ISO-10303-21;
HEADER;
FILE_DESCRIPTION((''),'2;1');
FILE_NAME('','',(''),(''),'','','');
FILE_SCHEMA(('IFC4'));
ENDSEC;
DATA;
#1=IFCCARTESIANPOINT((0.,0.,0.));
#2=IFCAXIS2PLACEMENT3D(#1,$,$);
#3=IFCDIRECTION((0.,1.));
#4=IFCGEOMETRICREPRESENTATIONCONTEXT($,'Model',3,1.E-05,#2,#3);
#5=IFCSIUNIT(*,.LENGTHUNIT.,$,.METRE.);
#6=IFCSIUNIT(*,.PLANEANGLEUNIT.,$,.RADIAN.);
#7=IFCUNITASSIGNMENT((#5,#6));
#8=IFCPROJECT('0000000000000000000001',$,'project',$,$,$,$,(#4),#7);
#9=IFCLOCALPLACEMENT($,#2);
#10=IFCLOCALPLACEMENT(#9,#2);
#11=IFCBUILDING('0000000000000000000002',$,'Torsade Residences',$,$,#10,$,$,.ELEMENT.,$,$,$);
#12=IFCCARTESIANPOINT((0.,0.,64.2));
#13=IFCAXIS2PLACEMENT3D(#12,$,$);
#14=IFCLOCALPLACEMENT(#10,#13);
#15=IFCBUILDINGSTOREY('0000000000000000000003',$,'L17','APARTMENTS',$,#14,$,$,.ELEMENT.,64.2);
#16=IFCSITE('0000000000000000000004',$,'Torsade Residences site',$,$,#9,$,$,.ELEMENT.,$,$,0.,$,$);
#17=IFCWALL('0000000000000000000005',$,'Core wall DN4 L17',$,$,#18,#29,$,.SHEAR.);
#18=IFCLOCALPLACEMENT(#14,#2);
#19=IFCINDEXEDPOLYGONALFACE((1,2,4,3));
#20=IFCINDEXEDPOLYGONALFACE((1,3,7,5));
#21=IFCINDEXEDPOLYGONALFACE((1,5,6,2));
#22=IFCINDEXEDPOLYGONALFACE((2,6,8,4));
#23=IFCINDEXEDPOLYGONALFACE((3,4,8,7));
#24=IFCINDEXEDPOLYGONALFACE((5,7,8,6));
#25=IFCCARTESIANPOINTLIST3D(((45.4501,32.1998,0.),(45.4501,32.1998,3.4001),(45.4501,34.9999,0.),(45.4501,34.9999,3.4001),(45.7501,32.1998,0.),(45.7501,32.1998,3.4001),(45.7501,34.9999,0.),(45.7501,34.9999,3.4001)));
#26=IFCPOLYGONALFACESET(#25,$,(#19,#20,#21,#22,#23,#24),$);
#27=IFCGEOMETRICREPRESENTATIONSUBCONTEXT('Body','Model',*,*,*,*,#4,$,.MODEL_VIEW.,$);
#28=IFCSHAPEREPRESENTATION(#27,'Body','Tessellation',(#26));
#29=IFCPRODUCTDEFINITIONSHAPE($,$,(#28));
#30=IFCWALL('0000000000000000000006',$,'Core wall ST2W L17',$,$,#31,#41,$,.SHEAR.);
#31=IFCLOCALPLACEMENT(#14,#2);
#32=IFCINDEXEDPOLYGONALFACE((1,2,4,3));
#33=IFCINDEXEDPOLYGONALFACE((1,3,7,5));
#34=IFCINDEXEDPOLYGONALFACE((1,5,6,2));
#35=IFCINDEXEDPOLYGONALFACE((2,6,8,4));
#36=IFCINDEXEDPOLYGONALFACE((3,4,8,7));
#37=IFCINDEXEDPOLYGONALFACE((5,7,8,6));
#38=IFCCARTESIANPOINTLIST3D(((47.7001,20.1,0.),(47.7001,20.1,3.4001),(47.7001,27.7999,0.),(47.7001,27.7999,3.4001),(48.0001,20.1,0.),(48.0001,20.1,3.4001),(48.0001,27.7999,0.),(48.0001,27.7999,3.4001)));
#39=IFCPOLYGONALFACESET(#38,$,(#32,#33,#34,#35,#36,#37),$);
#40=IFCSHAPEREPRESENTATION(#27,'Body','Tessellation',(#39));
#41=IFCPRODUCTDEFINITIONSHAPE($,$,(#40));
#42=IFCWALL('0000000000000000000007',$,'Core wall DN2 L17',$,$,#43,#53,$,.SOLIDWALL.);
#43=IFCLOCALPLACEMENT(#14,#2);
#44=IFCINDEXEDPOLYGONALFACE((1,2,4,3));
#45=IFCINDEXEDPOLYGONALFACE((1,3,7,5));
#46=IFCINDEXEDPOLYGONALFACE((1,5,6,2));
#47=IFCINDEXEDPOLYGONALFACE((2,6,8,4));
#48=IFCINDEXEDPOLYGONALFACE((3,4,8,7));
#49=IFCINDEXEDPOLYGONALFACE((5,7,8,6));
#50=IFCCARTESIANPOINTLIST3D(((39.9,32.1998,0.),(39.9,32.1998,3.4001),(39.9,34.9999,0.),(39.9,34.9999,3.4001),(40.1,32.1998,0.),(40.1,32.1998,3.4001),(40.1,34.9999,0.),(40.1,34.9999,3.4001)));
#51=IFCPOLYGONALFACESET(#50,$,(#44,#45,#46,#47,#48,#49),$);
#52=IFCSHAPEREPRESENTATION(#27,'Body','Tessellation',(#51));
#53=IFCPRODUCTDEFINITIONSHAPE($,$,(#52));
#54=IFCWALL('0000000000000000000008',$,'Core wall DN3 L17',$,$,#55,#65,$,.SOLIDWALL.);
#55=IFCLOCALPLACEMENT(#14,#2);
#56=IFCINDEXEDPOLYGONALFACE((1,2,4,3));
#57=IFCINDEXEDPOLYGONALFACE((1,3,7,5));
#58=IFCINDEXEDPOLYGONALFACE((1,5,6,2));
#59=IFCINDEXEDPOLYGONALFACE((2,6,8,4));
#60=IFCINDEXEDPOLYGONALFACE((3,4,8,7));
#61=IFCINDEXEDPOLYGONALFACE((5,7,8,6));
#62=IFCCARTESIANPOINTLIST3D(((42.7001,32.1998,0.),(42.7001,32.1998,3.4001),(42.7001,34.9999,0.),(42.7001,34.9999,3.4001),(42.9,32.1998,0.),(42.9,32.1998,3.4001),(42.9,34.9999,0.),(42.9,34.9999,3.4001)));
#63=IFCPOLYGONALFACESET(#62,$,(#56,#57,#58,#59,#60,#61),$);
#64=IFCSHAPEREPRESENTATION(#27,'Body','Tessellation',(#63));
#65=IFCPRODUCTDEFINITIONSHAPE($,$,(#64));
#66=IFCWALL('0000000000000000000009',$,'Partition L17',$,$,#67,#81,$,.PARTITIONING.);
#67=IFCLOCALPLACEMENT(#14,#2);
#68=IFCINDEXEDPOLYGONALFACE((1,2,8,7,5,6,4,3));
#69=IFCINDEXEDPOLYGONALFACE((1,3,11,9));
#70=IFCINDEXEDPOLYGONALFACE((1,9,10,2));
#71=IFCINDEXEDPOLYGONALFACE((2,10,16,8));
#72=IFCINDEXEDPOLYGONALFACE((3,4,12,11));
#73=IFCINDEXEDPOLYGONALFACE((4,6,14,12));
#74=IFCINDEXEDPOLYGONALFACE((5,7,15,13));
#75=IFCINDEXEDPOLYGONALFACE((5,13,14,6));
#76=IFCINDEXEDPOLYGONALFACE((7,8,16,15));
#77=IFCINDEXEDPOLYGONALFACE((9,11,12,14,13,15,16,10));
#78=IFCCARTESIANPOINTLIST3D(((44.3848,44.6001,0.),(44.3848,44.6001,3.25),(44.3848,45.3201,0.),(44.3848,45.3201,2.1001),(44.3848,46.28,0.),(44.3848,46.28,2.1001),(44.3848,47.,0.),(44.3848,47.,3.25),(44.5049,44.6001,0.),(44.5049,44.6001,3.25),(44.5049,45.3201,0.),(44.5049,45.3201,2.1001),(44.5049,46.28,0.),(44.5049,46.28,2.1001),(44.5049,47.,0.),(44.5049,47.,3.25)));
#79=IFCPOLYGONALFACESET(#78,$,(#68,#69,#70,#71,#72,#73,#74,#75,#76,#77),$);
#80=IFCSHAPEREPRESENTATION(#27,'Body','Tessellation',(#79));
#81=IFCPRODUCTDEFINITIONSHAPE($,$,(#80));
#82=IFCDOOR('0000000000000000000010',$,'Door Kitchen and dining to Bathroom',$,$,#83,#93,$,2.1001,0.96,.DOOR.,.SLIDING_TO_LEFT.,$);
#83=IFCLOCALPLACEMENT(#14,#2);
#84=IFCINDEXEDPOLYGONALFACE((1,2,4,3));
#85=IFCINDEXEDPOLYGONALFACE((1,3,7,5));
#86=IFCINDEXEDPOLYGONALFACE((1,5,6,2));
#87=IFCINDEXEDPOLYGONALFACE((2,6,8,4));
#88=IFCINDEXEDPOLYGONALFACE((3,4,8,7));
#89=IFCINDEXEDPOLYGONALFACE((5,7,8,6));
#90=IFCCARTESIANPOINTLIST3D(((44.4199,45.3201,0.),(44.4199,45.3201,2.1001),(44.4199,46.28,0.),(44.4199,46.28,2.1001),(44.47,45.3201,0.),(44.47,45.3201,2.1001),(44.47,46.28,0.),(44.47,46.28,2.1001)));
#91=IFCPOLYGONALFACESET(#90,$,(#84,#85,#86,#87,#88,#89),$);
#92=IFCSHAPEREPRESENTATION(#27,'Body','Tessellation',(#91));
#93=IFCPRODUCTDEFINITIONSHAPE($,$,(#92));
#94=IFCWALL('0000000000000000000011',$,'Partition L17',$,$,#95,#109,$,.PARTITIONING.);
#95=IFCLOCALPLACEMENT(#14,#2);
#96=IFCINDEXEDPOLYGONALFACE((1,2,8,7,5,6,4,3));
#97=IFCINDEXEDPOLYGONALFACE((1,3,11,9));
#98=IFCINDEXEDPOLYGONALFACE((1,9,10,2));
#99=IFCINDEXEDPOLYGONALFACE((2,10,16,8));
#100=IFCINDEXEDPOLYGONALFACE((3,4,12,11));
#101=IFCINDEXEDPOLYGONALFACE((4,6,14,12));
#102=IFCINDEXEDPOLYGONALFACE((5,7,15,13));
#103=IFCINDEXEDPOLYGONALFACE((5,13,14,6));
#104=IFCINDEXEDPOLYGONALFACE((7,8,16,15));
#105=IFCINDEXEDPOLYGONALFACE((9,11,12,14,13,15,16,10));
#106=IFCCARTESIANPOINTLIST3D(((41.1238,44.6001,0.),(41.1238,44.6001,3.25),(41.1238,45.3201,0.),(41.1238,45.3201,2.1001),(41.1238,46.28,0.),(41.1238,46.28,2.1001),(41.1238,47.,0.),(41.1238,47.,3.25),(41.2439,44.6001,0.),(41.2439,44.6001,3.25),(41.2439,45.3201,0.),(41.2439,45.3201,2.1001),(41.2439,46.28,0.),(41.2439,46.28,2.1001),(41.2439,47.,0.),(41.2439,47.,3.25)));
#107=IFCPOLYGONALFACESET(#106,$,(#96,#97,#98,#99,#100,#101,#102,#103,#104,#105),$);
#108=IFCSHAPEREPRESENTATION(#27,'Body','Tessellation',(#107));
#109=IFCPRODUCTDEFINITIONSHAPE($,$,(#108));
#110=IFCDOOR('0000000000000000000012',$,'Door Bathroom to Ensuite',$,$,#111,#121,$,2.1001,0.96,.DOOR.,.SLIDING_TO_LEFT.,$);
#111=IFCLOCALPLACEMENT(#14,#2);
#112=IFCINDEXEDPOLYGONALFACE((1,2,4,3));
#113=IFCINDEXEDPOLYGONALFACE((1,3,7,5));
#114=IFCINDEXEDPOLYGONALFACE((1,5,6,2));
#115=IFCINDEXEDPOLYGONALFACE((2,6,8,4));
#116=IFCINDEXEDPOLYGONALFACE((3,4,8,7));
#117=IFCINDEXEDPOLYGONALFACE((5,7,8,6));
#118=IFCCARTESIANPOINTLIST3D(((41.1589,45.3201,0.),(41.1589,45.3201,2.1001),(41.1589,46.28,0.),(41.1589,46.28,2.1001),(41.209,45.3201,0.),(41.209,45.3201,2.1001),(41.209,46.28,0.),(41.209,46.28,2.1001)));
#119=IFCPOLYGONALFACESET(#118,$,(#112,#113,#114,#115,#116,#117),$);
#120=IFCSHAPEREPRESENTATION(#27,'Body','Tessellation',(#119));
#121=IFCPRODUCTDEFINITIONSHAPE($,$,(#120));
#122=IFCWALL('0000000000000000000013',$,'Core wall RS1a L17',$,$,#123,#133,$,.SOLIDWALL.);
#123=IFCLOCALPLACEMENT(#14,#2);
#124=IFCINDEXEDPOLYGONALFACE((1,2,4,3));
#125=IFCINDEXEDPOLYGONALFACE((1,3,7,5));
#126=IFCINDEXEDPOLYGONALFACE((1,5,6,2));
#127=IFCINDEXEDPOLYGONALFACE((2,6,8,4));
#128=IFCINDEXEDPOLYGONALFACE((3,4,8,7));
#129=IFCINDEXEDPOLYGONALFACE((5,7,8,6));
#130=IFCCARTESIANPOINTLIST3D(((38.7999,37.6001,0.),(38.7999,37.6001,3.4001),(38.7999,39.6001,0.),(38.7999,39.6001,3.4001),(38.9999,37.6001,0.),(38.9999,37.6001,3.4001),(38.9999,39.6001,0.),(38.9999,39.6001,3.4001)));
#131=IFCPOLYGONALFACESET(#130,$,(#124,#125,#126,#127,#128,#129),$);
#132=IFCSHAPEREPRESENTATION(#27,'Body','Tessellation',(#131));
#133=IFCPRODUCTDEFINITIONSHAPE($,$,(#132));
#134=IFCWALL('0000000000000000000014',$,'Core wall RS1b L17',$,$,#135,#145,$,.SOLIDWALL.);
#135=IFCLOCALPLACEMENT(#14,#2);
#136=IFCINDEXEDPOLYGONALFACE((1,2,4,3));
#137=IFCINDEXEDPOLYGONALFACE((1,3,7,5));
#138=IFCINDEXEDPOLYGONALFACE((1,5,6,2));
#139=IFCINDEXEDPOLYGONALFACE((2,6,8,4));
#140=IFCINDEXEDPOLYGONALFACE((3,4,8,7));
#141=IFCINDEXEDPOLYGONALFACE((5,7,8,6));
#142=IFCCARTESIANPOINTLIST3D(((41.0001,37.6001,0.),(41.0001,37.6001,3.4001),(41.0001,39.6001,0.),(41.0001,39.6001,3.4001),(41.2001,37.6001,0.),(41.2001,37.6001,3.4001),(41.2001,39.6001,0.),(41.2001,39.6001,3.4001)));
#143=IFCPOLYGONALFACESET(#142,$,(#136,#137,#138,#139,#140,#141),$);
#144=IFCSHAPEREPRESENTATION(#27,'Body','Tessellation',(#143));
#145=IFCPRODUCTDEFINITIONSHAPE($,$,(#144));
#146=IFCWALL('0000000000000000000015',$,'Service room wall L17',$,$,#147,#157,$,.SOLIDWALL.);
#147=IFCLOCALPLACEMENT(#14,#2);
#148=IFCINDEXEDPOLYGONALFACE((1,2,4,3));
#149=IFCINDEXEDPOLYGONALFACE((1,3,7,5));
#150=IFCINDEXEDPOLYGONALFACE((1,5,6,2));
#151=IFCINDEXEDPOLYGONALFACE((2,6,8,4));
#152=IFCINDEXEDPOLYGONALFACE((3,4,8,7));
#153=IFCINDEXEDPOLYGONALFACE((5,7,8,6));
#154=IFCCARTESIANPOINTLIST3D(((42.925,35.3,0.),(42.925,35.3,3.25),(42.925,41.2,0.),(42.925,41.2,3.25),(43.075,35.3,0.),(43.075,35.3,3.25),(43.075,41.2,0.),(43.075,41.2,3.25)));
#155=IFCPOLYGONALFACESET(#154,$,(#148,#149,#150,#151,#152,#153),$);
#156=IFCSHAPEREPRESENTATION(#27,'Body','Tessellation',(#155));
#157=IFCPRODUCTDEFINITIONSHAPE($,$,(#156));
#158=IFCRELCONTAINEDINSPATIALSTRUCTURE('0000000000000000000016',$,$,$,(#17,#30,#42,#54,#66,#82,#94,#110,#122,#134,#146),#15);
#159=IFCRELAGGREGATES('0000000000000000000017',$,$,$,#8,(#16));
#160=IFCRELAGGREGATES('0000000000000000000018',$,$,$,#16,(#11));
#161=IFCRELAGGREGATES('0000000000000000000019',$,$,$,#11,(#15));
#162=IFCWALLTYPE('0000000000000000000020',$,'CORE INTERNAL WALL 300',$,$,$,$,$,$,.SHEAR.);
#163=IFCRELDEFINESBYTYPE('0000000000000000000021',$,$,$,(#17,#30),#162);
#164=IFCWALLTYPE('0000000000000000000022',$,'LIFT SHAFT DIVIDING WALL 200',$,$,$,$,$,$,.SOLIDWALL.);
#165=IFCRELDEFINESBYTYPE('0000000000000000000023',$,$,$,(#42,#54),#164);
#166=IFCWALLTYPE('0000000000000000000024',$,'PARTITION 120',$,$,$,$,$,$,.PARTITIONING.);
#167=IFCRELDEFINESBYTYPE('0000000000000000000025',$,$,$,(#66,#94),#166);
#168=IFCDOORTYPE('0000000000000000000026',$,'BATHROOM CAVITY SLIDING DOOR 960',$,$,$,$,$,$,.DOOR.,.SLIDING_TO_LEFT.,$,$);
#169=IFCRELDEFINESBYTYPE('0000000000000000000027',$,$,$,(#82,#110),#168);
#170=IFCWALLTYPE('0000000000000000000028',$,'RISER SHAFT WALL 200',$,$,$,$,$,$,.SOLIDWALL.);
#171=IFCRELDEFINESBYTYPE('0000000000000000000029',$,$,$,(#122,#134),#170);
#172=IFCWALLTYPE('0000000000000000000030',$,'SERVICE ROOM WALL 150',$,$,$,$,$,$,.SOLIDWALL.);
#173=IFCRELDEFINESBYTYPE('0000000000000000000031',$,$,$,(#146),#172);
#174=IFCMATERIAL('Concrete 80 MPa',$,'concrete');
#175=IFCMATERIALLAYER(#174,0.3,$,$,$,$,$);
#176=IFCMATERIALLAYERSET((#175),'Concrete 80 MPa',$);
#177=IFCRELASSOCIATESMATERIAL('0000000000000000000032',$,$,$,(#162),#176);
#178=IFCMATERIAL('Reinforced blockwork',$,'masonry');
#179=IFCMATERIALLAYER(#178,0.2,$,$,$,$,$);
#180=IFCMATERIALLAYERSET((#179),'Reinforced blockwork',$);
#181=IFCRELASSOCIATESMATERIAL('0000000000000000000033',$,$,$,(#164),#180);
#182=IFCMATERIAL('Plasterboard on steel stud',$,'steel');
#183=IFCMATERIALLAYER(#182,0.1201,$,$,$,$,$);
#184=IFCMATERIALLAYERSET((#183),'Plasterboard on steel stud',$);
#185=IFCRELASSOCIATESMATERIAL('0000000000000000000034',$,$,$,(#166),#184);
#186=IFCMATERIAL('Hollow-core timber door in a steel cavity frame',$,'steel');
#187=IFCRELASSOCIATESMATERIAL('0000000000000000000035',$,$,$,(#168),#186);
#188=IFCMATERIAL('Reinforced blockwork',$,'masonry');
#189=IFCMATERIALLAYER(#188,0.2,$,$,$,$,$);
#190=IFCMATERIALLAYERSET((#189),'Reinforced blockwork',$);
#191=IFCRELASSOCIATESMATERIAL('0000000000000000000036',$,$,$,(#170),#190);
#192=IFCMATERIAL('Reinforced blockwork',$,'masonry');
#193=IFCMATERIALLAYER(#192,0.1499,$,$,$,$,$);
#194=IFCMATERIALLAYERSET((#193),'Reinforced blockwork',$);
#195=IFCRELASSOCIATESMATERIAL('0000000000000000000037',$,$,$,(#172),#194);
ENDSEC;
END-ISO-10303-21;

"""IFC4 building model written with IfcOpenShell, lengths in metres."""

from ifc_helpers import new_model, si_unit, direction, frame, frame_2d, origin, place, context, subcontext, project, spatial, rectangle, extrude, material, layer, layer_set, type_object, element, fill, save


model = new_model("IFC4")

# Units and contexts
model_context = context("Model", 3, precision=1e-05, world=origin(), true_north=direction((0.0, 1.0)))
body_context = subcontext(model_context, "Body", "Model", "MODEL_VIEW")
ifc_project = project(units=[si_unit("LENGTHUNIT", "METRE"), si_unit("PLANEANGLEUNIT", "RADIAN")], contexts=[model_context])

# Site, building, storey
site_placement = place(None, origin())
site = spatial("IfcSite", under=ifc_project, at=site_placement, Name="Torsade Residences site", CompositionType="ELEMENT", RefElevation=0.0)
building_placement = place(site_placement, origin())
building = spatial("IfcBuilding", under=site, at=building_placement, Name="Torsade Residences", CompositionType="ELEMENT")
storey_placement = place(building_placement, frame((0.0, 0.0, 64.2)))
storey = spatial("IfcBuildingStorey", under=building, at=storey_placement, Name="L17", Description="APARTMENTS", CompositionType="ELEMENT", Elevation=64.2)

# Walls
ifc_material_1 = material(Name="Concrete 80 MPa", Category="concrete")
ifc_layer_1 = layer(ifc_material_1, 0.3)
ifc_layer_set_1 = layer_set([ifc_layer_1], Name="Concrete 80 MPa")
wall_type_1 = type_object("IfcWallType", Name="CORE INTERNAL WALL 300", PredefinedType="SHEAR", material=ifc_layer_set_1)
wall_1_placement = place(storey_placement, frame((45.6001, 32.2, 0.0), z_axis=(0.0, 0.0, 1.0), x_axis=(0.0, 1.0, 0.0)))
element("IfcWall", 1, at=wall_1_placement, inside=storey, type_object=wall_type_1, Name="Core wall DN4 L17", PredefinedType="SHEAR", context=body_context, shape_type="SweptSolid", body=[
    extrude(rectangle(XDim=2.8, YDim=0.3, at=frame_2d((1.3999, 0.0))), origin(), (0.0, 0.0, 1.0), 3.4001),
])
wall_2_placement = place(storey_placement, frame((47.8501, 27.8, 0.0), z_axis=(0.0, 0.0, 1.0), x_axis=(0.0, -1.0, 0.0)))
element("IfcWall", 2, at=wall_2_placement, inside=storey, type_object=wall_type_1, Name="Core wall ST2W L17", PredefinedType="SHEAR", context=body_context, shape_type="SweptSolid", body=[
    extrude(rectangle(XDim=7.7, YDim=0.3, at=frame_2d((3.8501, 0.0))), origin(), (0.0, 0.0, 1.0), 3.4001),
])
ifc_material_2 = material(Name="Reinforced blockwork", Category="masonry")
ifc_layer_2 = layer(ifc_material_2, 0.2)
ifc_layer_set_2 = layer_set([ifc_layer_2], Name="Reinforced blockwork")
wall_type_2 = type_object("IfcWallType", Name="LIFT SHAFT DIVIDING WALL 200", PredefinedType="SOLIDWALL", material=ifc_layer_set_2)
for number, where, z_axis, x_axis, name in (
    (3, (40.0, 32.2, 0.0), (0.0, 0.0, 1.0), (0.0, 1.0, 0.0), "Core wall DN2 L17"),
    (4, (42.8, 32.2, 0.0), (0.0, 0.0, 1.0), (0.0, 1.0, 0.0), "Core wall DN3 L17"),
):
    element("IfcWall", number, at=place(storey_placement, frame(where, z_axis=z_axis, x_axis=x_axis)), inside=storey, type_object=wall_type_2, Name=name, PredefinedType="SOLIDWALL", context=body_context, shape_type="SweptSolid", body=[
        extrude(rectangle(XDim=2.8, YDim=0.2, at=frame_2d((1.3999, 0.0))), origin(), (0.0, 0.0, 1.0), 3.4001),
    ])

# Walls, openings, doors
ifc_material_3 = material(Name="Plasterboard on steel stud", Category="steel")
ifc_layer_3 = layer(ifc_material_3, 0.1201)
ifc_layer_set_3 = layer_set([ifc_layer_3], Name="Plasterboard on steel stud")
wall_type_3 = type_object("IfcWallType", Name="PARTITION 120", PredefinedType="PARTITIONING", material=ifc_layer_set_3)
wall_3_placement = place(storey_placement, frame((44.4448, 44.6001, 0.0), z_axis=(0.0, 0.0, 1.0), x_axis=(0.0, 1.0, 0.0)))
wall_3 = element("IfcWall", 5, at=wall_3_placement, inside=storey, type_object=wall_type_3, Name="Partition L17", PredefinedType="PARTITIONING", context=body_context, shape_type="SweptSolid", body=[
    extrude(rectangle(XDim=2.3999, YDim=0.1201, at=frame_2d((1.2, 0.0))), origin(), (0.0, 0.0, 1.0), 3.25),
])
opening_1_placement = place(wall_3_placement, frame((0.72, 0.0, 0.0)))
opening_1 = element("IfcOpeningElement", 6, at=opening_1_placement, cuts=wall_3, PredefinedType="OPENING", context=body_context, shape_type="SweptSolid", body=[
    extrude(rectangle(XDim=0.96, YDim=2.1001, at=frame_2d((0.48, 1.05))), frame((0.0, 0.0701, 0.0), z_axis=(0.0, -1.0, 0.0), x_axis=(1.0, 0.0, 0.0)), (0.0, 0.0, 1.0), 0.1401),
])
ifc_material_4 = material(Name="Hollow-core timber door in a steel cavity frame", Category="steel")
door_type_1 = type_object("IfcDoorType", Name="BATHROOM CAVITY SLIDING DOOR 960", OperationType="SLIDING_TO_LEFT", PredefinedType="DOOR", material=ifc_material_4)
door_1_placement = place(opening_1_placement, origin())
door_1 = element("IfcDoor", 7, at=door_1_placement, inside=storey, type_object=door_type_1, Name="Door Kitchen and dining to Bathroom", OperationType="SLIDING_TO_LEFT", OverallHeight=2.1001, OverallWidth=0.96, PredefinedType="DOOR", context=body_context, shape_type="SweptSolid", body=[
    extrude(rectangle(XDim=0.96, YDim=2.1001, at=frame_2d((0.48, 1.05))), frame((0.0, 0.0249, 0.0), z_axis=(0.0, -1.0, 0.0), x_axis=(1.0, 0.0, 0.0)), (0.0, 0.0, 1.0), 0.05),
])
fill(opening_1, door_1)
wall_4_placement = place(storey_placement, frame((41.1838, 44.6001, 0.0), z_axis=(0.0, 0.0, 1.0), x_axis=(0.0, 1.0, 0.0)))
wall_4 = element("IfcWall", 8, at=wall_4_placement, inside=storey, type_object=wall_type_3, Name="Partition L17", PredefinedType="PARTITIONING", context=body_context, shape_type="SweptSolid", body=[
    extrude(rectangle(XDim=2.3999, YDim=0.1201, at=frame_2d((1.2, 0.0))), origin(), (0.0, 0.0, 1.0), 3.25),
])
opening_2_placement = place(wall_4_placement, frame((0.72, 0.0, 0.0)))
opening_2 = element("IfcOpeningElement", 9, at=opening_2_placement, cuts=wall_4, PredefinedType="OPENING", context=body_context, shape_type="SweptSolid", body=[
    extrude(rectangle(XDim=0.96, YDim=2.1001, at=frame_2d((0.48, 1.05))), frame((0.0, 0.0701, 0.0), z_axis=(0.0, -1.0, 0.0), x_axis=(1.0, 0.0, 0.0)), (0.0, 0.0, 1.0), 0.1401),
])
door_2_placement = place(opening_2_placement, origin())
door_2 = element("IfcDoor", 10, at=door_2_placement, inside=storey, type_object=door_type_1, Name="Door Bathroom to Ensuite", OperationType="SLIDING_TO_LEFT", OverallHeight=2.1001, OverallWidth=0.96, PredefinedType="DOOR", context=body_context, shape_type="SweptSolid", body=[
    extrude(rectangle(XDim=0.96, YDim=2.1001, at=frame_2d((0.48, 1.05))), frame((0.0, 0.0249, 0.0), z_axis=(0.0, -1.0, 0.0), x_axis=(1.0, 0.0, 0.0)), (0.0, 0.0, 1.0), 0.05),
])
fill(opening_2, door_2)

# Walls
ifc_material_5 = material(Name="Reinforced blockwork", Category="masonry")
ifc_layer_4 = layer(ifc_material_5, 0.2)
ifc_layer_set_4 = layer_set([ifc_layer_4], Name="Reinforced blockwork")
wall_type_4 = type_object("IfcWallType", Name="RISER SHAFT WALL 200", PredefinedType="SOLIDWALL", material=ifc_layer_set_4)
for number, where, z_axis, x_axis, name in (
    (11, (38.8999, 37.6001, 0.0), (0.0, 0.0, 1.0), (0.0, 1.0, 0.0), "Core wall RS1a L17"),
    (12, (41.1001, 37.6001, 0.0), (0.0, 0.0, 1.0), (0.0, 1.0, 0.0), "Core wall RS1b L17"),
):
    element("IfcWall", number, at=place(storey_placement, frame(where, z_axis=z_axis, x_axis=x_axis)), inside=storey, type_object=wall_type_4, Name=name, PredefinedType="SOLIDWALL", context=body_context, shape_type="SweptSolid", body=[
        extrude(rectangle(XDim=2.0, YDim=0.2, at=frame_2d((1.0, 0.0))), origin(), (0.0, 0.0, 1.0), 3.4001),
    ])
ifc_material_6 = material(Name="Reinforced blockwork", Category="masonry")
ifc_layer_5 = layer(ifc_material_6, 0.1499)
ifc_layer_set_5 = layer_set([ifc_layer_5], Name="Reinforced blockwork")
wall_type_5 = type_object("IfcWallType", Name="SERVICE ROOM WALL 150", PredefinedType="SOLIDWALL", material=ifc_layer_set_5)
wall_5_placement = place(storey_placement, frame((43.0, 41.2, 0.0), z_axis=(0.0, 0.0, 1.0), x_axis=(0.0, -1.0, 0.0)))
element("IfcWall", 13, at=wall_5_placement, inside=storey, type_object=wall_type_5, Name="Service room wall L17", PredefinedType="SOLIDWALL", context=body_context, shape_type="SweptSolid", body=[
    extrude(rectangle(XDim=5.8999, YDim=0.1499, at=frame_2d((2.95, 0.0))), origin(), (0.0, 0.0, 1.0), 3.25),
])

save(model, "model.ifc")
